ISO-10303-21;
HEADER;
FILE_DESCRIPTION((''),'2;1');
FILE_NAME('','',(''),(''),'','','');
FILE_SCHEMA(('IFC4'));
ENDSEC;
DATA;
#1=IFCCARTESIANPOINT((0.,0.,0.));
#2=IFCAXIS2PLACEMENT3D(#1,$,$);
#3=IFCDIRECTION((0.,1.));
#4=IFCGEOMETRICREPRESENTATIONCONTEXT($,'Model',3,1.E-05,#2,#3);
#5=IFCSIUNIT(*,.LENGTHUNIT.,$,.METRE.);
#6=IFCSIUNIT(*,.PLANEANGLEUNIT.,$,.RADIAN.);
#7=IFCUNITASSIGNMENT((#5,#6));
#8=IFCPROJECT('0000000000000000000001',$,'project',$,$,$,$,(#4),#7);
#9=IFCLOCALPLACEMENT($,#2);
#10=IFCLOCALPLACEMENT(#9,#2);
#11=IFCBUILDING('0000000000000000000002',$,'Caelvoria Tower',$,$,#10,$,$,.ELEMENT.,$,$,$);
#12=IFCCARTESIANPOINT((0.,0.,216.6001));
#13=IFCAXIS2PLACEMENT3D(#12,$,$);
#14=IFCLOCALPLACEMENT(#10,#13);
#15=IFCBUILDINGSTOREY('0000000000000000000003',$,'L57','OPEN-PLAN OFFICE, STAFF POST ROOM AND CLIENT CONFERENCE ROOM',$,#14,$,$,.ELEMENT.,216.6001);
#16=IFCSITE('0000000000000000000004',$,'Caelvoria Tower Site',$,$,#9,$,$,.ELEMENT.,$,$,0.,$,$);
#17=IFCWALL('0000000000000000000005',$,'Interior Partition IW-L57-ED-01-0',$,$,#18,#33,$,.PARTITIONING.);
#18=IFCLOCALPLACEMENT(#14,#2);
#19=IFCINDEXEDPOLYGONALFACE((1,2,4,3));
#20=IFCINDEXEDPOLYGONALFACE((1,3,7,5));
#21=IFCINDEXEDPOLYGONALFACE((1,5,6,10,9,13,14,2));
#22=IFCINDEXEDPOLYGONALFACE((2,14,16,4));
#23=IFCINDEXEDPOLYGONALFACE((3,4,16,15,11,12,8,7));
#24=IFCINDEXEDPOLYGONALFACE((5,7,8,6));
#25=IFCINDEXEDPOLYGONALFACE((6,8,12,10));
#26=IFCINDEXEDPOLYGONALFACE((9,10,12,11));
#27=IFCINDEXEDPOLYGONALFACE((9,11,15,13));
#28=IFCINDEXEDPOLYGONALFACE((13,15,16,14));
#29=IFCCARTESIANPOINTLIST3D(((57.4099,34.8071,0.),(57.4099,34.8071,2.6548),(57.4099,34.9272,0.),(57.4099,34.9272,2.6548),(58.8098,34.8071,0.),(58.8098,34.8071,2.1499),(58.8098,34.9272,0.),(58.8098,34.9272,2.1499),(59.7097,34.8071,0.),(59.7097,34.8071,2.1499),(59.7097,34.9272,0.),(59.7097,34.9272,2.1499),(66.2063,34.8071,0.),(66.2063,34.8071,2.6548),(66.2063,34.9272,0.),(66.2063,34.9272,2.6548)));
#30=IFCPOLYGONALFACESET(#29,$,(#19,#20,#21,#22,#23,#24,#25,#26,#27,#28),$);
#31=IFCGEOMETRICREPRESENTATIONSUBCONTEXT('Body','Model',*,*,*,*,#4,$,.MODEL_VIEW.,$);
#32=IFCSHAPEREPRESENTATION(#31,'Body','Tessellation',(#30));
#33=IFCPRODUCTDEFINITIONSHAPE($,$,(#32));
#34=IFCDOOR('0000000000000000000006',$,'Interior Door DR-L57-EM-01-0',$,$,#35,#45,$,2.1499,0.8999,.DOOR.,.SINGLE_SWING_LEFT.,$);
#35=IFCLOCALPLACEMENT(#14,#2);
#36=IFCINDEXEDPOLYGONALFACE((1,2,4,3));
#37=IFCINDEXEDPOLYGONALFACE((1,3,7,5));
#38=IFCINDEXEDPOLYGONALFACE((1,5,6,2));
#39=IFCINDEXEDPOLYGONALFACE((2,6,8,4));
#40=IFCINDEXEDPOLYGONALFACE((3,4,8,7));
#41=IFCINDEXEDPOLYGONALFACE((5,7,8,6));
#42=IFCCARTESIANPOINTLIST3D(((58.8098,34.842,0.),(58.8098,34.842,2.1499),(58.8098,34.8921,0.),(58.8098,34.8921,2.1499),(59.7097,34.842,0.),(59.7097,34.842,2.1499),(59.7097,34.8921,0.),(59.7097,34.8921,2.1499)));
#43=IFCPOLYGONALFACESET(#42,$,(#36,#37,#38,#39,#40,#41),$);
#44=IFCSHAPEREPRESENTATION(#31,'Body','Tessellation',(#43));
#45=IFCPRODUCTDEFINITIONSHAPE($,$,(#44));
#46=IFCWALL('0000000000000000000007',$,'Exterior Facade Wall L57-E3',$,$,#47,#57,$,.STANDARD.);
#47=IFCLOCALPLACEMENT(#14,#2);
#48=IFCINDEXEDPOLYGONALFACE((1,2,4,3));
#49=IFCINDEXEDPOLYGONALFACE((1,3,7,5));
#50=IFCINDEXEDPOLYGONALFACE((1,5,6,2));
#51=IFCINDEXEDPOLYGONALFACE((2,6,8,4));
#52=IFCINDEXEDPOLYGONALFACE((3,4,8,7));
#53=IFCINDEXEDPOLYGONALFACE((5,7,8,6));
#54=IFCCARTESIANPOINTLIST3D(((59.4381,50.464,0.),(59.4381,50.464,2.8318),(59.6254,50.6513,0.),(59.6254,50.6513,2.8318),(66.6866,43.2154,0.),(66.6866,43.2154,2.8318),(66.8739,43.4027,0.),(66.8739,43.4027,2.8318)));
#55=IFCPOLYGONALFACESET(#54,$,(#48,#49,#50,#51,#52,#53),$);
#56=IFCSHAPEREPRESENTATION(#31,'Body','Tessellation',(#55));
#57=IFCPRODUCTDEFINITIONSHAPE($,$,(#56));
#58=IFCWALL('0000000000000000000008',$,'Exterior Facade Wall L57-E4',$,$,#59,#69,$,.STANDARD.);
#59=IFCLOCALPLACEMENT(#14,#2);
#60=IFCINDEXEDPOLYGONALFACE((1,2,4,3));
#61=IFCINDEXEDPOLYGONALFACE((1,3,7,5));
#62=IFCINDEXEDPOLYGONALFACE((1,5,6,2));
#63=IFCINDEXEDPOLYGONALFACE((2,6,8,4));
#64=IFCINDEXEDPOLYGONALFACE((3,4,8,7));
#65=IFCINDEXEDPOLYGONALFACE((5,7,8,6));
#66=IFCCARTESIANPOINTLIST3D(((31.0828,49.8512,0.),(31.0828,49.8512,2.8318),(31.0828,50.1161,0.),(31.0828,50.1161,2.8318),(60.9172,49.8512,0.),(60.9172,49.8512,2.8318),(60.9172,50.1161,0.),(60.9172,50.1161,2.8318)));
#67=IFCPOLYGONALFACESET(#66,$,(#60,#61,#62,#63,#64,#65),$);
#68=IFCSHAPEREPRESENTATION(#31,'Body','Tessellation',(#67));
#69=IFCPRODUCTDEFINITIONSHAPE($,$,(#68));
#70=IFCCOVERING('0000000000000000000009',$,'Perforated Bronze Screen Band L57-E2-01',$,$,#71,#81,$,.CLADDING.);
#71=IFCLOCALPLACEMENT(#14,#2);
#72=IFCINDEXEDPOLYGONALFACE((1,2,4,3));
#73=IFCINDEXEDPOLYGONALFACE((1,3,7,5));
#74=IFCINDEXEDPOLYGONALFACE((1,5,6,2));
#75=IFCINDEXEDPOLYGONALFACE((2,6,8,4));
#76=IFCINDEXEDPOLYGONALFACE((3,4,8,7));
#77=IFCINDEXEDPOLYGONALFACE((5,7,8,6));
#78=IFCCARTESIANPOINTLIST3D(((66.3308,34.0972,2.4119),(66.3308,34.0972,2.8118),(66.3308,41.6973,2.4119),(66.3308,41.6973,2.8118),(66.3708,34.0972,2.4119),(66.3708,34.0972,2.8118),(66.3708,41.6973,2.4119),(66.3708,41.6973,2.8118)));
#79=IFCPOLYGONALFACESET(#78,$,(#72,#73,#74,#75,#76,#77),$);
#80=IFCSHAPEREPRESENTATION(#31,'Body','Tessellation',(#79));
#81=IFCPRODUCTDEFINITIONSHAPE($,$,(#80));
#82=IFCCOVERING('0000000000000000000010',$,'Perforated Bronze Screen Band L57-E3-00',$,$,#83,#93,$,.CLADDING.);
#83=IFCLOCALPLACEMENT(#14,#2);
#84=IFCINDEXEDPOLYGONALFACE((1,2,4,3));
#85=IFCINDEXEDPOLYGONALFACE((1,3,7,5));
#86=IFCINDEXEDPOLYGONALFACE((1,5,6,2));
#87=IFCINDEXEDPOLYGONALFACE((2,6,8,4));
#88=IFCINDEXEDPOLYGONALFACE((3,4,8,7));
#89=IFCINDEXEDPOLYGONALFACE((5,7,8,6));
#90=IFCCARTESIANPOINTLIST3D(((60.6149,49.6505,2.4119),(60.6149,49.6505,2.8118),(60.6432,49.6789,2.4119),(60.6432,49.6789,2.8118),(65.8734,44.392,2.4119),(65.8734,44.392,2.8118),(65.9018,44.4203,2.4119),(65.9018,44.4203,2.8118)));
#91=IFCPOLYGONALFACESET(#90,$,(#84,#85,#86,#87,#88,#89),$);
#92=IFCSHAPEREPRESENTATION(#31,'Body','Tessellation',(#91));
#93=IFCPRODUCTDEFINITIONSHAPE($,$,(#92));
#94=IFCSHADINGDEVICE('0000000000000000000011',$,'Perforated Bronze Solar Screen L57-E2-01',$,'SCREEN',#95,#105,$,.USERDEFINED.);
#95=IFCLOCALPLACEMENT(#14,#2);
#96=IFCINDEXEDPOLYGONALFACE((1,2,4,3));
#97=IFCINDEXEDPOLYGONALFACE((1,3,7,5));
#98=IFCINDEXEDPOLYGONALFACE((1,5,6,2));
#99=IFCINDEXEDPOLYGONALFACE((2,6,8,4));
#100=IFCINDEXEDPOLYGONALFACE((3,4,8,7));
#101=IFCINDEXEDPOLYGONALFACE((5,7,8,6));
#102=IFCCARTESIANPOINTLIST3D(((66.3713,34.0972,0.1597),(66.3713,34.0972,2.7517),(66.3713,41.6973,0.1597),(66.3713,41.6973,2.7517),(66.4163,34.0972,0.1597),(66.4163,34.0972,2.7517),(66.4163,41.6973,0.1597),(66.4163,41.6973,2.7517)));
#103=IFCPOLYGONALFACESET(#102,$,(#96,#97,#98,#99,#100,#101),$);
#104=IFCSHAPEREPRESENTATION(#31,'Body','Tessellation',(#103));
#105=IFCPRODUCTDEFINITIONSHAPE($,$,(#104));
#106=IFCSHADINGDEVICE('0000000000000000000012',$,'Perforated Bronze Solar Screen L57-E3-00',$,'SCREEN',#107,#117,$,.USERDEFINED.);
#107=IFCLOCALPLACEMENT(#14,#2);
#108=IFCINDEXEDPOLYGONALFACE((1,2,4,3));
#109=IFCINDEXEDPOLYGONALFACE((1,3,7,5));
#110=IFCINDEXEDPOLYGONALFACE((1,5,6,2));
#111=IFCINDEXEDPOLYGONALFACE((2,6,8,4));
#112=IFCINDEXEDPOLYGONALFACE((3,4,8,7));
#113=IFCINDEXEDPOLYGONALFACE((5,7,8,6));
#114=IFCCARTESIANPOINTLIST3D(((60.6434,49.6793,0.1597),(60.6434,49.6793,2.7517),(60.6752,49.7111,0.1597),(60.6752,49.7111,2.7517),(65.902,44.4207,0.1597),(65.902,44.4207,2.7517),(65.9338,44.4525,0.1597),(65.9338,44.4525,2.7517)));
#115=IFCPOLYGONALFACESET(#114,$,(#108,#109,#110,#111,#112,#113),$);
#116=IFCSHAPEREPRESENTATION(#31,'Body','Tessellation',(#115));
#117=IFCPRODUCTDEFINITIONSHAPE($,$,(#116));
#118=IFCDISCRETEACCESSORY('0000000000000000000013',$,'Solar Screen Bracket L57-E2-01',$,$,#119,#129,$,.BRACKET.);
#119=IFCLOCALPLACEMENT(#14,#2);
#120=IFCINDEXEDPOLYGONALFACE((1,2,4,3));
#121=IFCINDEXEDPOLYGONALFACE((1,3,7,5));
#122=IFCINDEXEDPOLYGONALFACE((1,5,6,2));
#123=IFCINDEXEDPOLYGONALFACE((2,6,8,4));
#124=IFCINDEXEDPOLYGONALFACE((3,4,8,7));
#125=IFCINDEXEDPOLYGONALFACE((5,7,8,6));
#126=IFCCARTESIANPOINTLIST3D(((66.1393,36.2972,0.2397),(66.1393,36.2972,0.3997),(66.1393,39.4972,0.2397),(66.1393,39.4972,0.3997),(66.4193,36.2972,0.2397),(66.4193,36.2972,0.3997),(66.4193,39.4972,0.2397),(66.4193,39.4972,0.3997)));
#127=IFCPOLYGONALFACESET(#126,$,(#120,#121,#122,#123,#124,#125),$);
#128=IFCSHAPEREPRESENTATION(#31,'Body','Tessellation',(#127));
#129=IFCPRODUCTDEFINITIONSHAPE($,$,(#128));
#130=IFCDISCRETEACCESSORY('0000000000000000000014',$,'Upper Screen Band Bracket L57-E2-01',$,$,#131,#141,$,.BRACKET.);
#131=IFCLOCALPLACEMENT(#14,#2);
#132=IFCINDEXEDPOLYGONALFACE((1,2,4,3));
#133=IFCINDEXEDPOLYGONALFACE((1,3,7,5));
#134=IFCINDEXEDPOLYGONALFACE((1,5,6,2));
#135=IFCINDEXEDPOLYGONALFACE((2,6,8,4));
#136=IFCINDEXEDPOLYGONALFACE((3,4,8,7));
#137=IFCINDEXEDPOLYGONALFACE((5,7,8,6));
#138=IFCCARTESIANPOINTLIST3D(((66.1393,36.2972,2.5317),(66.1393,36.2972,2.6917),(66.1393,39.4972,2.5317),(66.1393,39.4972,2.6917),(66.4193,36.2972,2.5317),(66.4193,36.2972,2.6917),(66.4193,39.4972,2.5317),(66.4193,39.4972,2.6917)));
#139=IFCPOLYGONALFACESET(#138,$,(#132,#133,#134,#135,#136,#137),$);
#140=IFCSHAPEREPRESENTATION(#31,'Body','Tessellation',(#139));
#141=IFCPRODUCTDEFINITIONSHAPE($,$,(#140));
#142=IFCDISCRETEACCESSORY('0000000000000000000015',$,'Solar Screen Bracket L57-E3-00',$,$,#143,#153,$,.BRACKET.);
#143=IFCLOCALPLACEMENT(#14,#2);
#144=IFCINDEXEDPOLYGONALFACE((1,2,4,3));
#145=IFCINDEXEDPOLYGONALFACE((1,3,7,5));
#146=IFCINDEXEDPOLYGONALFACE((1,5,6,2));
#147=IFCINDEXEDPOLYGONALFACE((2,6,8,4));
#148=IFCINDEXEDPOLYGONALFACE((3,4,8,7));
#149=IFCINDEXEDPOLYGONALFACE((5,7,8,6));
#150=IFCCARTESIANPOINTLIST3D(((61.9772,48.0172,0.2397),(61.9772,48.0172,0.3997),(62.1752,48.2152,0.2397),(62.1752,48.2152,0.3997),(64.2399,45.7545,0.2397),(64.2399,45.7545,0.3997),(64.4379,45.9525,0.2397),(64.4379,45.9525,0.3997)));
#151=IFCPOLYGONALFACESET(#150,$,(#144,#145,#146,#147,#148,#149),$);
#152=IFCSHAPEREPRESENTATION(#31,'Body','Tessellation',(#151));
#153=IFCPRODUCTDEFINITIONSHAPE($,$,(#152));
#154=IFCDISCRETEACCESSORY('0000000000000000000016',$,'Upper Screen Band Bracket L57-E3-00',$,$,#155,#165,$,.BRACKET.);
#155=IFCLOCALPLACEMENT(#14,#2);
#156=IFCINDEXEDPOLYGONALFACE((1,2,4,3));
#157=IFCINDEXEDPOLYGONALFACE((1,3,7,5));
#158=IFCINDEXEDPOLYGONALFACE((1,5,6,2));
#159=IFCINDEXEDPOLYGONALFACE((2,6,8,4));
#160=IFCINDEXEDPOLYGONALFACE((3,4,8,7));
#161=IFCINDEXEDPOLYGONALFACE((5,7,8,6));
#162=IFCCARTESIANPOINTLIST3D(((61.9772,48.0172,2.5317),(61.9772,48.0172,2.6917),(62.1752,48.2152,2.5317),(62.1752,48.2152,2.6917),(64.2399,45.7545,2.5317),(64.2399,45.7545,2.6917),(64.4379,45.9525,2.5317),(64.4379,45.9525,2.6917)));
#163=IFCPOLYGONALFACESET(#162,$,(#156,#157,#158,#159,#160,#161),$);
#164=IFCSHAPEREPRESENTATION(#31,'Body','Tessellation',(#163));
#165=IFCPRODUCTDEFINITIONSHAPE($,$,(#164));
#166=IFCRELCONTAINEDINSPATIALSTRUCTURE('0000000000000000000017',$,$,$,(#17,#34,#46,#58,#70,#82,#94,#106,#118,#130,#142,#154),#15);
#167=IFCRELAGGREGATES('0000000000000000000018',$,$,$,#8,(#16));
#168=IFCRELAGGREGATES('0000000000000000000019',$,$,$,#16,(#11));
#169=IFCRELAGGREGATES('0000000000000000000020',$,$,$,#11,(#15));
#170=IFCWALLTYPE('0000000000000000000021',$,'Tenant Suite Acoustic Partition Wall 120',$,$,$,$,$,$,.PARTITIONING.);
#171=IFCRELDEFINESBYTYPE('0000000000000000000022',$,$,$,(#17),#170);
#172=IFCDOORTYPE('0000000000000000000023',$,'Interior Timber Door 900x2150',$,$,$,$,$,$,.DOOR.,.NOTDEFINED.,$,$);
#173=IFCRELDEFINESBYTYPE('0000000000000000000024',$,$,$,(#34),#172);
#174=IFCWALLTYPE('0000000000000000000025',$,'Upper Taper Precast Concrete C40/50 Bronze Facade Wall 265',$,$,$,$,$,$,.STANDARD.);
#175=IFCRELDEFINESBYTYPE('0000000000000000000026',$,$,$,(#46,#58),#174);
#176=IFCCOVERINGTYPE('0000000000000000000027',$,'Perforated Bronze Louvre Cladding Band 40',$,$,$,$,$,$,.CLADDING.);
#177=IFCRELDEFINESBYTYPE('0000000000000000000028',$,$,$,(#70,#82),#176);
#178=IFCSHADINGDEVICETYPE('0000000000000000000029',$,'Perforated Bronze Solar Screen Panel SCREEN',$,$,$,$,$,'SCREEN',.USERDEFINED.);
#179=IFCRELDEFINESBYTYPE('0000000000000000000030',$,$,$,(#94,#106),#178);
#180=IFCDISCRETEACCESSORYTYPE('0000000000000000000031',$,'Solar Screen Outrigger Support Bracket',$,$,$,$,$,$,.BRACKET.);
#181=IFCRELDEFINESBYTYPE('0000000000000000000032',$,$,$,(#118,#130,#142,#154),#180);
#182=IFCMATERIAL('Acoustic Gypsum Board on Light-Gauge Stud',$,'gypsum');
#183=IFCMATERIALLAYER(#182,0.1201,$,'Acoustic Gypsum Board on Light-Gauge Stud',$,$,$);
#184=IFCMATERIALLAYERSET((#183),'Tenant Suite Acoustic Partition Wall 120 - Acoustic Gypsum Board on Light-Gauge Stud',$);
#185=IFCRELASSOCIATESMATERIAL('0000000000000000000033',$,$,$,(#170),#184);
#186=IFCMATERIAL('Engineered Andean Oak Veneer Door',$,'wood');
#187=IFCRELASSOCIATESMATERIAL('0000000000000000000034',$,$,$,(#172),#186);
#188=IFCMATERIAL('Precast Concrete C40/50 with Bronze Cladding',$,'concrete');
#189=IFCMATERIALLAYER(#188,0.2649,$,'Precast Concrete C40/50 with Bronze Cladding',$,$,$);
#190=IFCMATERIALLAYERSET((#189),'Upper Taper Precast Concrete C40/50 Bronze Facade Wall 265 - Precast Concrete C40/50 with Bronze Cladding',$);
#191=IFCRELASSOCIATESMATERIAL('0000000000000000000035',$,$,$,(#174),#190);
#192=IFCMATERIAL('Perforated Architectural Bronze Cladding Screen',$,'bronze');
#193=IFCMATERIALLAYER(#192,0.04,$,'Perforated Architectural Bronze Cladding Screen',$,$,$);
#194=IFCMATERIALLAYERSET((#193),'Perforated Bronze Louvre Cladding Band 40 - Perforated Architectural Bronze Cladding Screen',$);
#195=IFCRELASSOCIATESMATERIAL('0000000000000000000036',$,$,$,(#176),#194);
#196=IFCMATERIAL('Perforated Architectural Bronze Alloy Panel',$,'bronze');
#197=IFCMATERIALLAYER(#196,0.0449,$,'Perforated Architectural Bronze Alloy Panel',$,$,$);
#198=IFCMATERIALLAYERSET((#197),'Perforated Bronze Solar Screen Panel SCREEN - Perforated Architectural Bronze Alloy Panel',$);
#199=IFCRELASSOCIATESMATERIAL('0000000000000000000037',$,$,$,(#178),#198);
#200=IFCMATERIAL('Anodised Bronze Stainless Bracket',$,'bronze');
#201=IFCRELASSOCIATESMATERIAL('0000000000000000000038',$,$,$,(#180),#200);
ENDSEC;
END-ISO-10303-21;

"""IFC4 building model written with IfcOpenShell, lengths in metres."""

from ifc_helpers import new_model, si_unit, direction, frame, frame_2d, origin, origin_2d, place, context, subcontext, project, spatial, rectangle, extrude, material, layer, layer_set, type_object, element, fill, save


model = new_model("IFC4")

# Units and contexts
model_context = context("Model", 3, precision=1e-05, world=origin(), true_north=direction((0.0, 1.0)))
body_context = subcontext(model_context, "Body", "Model", "MODEL_VIEW")
ifc_project = project(units=[si_unit("LENGTHUNIT", "METRE"), si_unit("PLANEANGLEUNIT", "RADIAN")], contexts=[model_context])

# Site, building, storey
site_placement = place(None, origin())
site = spatial("IfcSite", under=ifc_project, at=site_placement, Name="Caelvoria Tower Site", CompositionType="ELEMENT", RefElevation=0.0)
building_placement = place(site_placement, origin())
building = spatial("IfcBuilding", under=site, at=building_placement, Name="Caelvoria Tower", CompositionType="ELEMENT")
storey_placement = place(building_placement, frame((0.0, 0.0, 216.6001)))
storey = spatial("IfcBuildingStorey", under=building, at=storey_placement, Name="L57", Description="OPEN-PLAN OFFICE, STAFF POST ROOM AND CLIENT CONFERENCE ROOM", CompositionType="ELEMENT", Elevation=216.6001)

# Wall, opening, door
ifc_material_1 = material(Name="Acoustic Gypsum Board on Light-Gauge Stud", Category="gypsum")
ifc_layer_1 = layer(ifc_material_1, 0.1201, Name="Acoustic Gypsum Board on Light-Gauge Stud")
ifc_layer_set_1 = layer_set([ifc_layer_1], Name="Tenant Suite Acoustic Partition Wall 120 - Acoustic Gypsum Board on Light-Gauge Stud")
wall_type_1 = type_object("IfcWallType", Name="Tenant Suite Acoustic Partition Wall 120", PredefinedType="PARTITIONING", material=ifc_layer_set_1)
wall_1_placement = place(storey_placement, frame((57.4099, 34.8672, 0.0), z_axis=(0.0, 0.0, 1.0), x_axis=(1.0, 0.0, 0.0)))
wall_1 = element("IfcWall", 1, at=wall_1_placement, inside=storey, type_object=wall_type_1, Name="Interior Partition IW-L57-ED-01-0", PredefinedType="PARTITIONING", context=body_context, shape_type="SweptSolid", body=[
    extrude(rectangle(XDim=8.7964, YDim=0.1201, at=frame_2d((4.3982, 0.0))), origin(), (0.0, 0.0, 1.0), 2.6548),
])
opening_placement = place(wall_1_placement, frame((1.3999, 0.0, 0.0)))
opening = element("IfcOpeningElement", 2, at=opening_placement, cuts=wall_1, PredefinedType="OPENING", context=body_context, shape_type="SweptSolid", body=[
    extrude(rectangle(XDim=0.8999, YDim=2.1499, at=frame_2d((0.45, 1.075))), frame((0.0, 0.0701, 0.0), z_axis=(0.0, -1.0, 0.0), x_axis=(1.0, 0.0, 0.0)), (0.0, 0.0, 1.0), 0.1401),
])
ifc_material_2 = material(Name="Engineered Andean Oak Veneer Door", Category="wood")
door_type = type_object("IfcDoorType", Name="Interior Timber Door 900x2150", OperationType="NOTDEFINED", PredefinedType="DOOR", material=ifc_material_2)
door_placement = place(opening_placement, origin())
door = element("IfcDoor", 3, at=door_placement, inside=storey, type_object=door_type, Name="Interior Door DR-L57-EM-01-0", OperationType="SINGLE_SWING_LEFT", OverallHeight=2.1499, OverallWidth=0.8999, PredefinedType="DOOR", context=body_context, shape_type="SweptSolid", body=[
    extrude(rectangle(XDim=0.8999, YDim=2.1499, at=frame_2d((0.45, 1.075))), frame((0.0, 0.0249, 0.0), z_axis=(0.0, -1.0, 0.0), x_axis=(1.0, 0.0, 0.0)), (0.0, 0.0, 1.0), 0.05),
])
fill(opening, door)

# Walls
ifc_material_3 = material(Name="Precast Concrete C40/50 with Bronze Cladding", Category="concrete")
ifc_layer_2 = layer(ifc_material_3, 0.2649, Name="Precast Concrete C40/50 with Bronze Cladding")
ifc_layer_set_2 = layer_set([ifc_layer_2], Name="Upper Taper Precast Concrete C40/50 Bronze Facade Wall 265 - Precast Concrete C40/50 with Bronze Cladding")
wall_type_2 = type_object("IfcWallType", Name="Upper Taper Precast Concrete C40/50 Bronze Facade Wall 265", PredefinedType="STANDARD", material=ifc_layer_set_2)
wall_2_placement = place(storey_placement, frame((66.7803, 43.3091, 0.0), z_axis=(0.0, 0.0, 1.0), x_axis=(-0.707107, 0.707107, 0.0)))
element("IfcWall", 4, at=wall_2_placement, inside=storey, type_object=wall_type_2, Name="Exterior Facade Wall L57-E3", PredefinedType="STANDARD", context=body_context, shape_type="SweptSolid", body=[
    extrude(rectangle(XDim=10.251, YDim=0.2649, at=frame_2d((5.1255, 0.0))), origin(), (0.0, 0.0, 1.0), 2.8318),
])
wall_3_placement = place(storey_placement, frame((60.9172, 49.9836, 0.0), z_axis=(0.0, 0.0, 1.0), x_axis=(-1.0, 0.0, 0.0)))
element("IfcWall", 5, at=wall_3_placement, inside=storey, type_object=wall_type_2, Name="Exterior Facade Wall L57-E4", PredefinedType="STANDARD", context=body_context, shape_type="SweptSolid", body=[
    extrude(rectangle(XDim=29.8345, YDim=0.2649, at=frame_2d((14.9172, 0.0))), origin(), (0.0, 0.0, 1.0), 2.8318),
])

# Coverings
ifc_material_4 = material(Name="Perforated Architectural Bronze Cladding Screen", Category="bronze")
ifc_layer_3 = layer(ifc_material_4, 0.04, Name="Perforated Architectural Bronze Cladding Screen")
ifc_layer_set_3 = layer_set([ifc_layer_3], Name="Perforated Bronze Louvre Cladding Band 40 - Perforated Architectural Bronze Cladding Screen")
covering_type = type_object("IfcCoveringType", Name="Perforated Bronze Louvre Cladding Band 40", PredefinedType="CLADDING", material=ifc_layer_set_3)
covering_1_placement = place(storey_placement, frame((66.3508, 37.8972, 2.4119), z_axis=(0.0, 0.0, 1.0), x_axis=(0.0, 1.0, 0.0)))
element("IfcCovering", 6, at=covering_1_placement, inside=storey, type_object=covering_type, Name="Perforated Bronze Screen Band L57-E2-01", PredefinedType="CLADDING", context=body_context, shape_type="SweptSolid", body=[
    extrude(rectangle(XDim=7.6001, YDim=0.04, at=origin_2d()), origin(), (0.0, 0.0, 1.0), 0.3999),
])
covering_2_placement = place(storey_placement, frame((63.2583, 47.0354, 2.4119), z_axis=(0.0, 0.0, 1.0), x_axis=(-0.707107, 0.707107, 0.0)))
element("IfcCovering", 7, at=covering_2_placement, inside=storey, type_object=covering_type, Name="Perforated Bronze Screen Band L57-E3-00", PredefinedType="CLADDING", context=body_context, shape_type="SweptSolid", body=[
    extrude(rectangle(XDim=7.4368, YDim=0.04, at=origin_2d()), origin(), (0.0, 0.0, 1.0), 0.3999),
])

# Shading devices
ifc_material_5 = material(Name="Perforated Architectural Bronze Alloy Panel", Category="bronze")
ifc_layer_4 = layer(ifc_material_5, 0.0449, Name="Perforated Architectural Bronze Alloy Panel")
ifc_layer_set_4 = layer_set([ifc_layer_4], Name="Perforated Bronze Solar Screen Panel SCREEN - Perforated Architectural Bronze Alloy Panel")
shading_device_type = type_object("IfcShadingDeviceType", Name="Perforated Bronze Solar Screen Panel SCREEN", ElementType="SCREEN", PredefinedType="USERDEFINED", material=ifc_layer_set_4)
shading_device_1_placement = place(storey_placement, frame((66.3938, 37.8972, 0.1597), z_axis=(0.0, 0.0, 1.0), x_axis=(0.0, 1.0, 0.0)))
element("IfcShadingDevice", 8, at=shading_device_1_placement, inside=storey, type_object=shading_device_type, Name="Perforated Bronze Solar Screen L57-E2-01", ObjectType="SCREEN", PredefinedType="USERDEFINED", context=body_context, shape_type="SweptSolid", body=[
    extrude(rectangle(XDim=7.6001, YDim=0.0449, at=origin_2d()), origin(), (0.0, 0.0, 1.0), 2.592),
])
shading_device_2_placement = place(storey_placement, frame((63.2886, 47.0659, 0.1597), z_axis=(0.0, 0.0, 1.0), x_axis=(-0.707107, 0.707107, 0.0)))
element("IfcShadingDevice", 9, at=shading_device_2_placement, inside=storey, type_object=shading_device_type, Name="Perforated Bronze Solar Screen L57-E3-00", ObjectType="SCREEN", PredefinedType="USERDEFINED", context=body_context, shape_type="SweptSolid", body=[
    extrude(rectangle(XDim=7.4368, YDim=0.0449, at=origin_2d()), origin(), (0.0, 0.0, 1.0), 2.592),
])

# Discrete accessories
ifc_material_6 = material(Name="Anodised Bronze Stainless Bracket", Category="bronze")
discrete_accessory_type = type_object("IfcDiscreteAccessoryType", Name="Solar Screen Outrigger Support Bracket", PredefinedType="BRACKET", material=ifc_material_6)
for number, where, z_axis, x_axis, name in (
    (10, (66.2793, 37.8972, 0.2397), (0.0, 0.0, 1.0), (0.0, 1.0, 0.0), "Solar Screen Bracket L57-E2-01"),
    (11, (66.2793, 37.8972, 2.5317), (0.0, 0.0, 1.0), (0.0, 1.0, 0.0), "Upper Screen Band Bracket L57-E2-01"),
    (12, (63.2075, 46.9849, 0.2397), (0.0, 0.0, 1.0), (-0.707107, 0.707107, 0.0), "Solar Screen Bracket L57-E3-00"),
    (13, (63.2075, 46.9849, 2.5317), (0.0, 0.0, 1.0), (-0.707107, 0.707107, 0.0), "Upper Screen Band Bracket L57-E3-00"),
):
    element("IfcDiscreteAccessory", number, at=place(storey_placement, frame(where, z_axis=z_axis, x_axis=x_axis)), inside=storey, type_object=discrete_accessory_type, Name=name, PredefinedType="BRACKET", context=body_context, shape_type="SweptSolid", body=[
        extrude(rectangle(XDim=3.2, YDim=0.28, at=origin_2d()), origin(), (0.0, 0.0, 1.0), 0.1599),
    ])

save(model, "model.ifc")
